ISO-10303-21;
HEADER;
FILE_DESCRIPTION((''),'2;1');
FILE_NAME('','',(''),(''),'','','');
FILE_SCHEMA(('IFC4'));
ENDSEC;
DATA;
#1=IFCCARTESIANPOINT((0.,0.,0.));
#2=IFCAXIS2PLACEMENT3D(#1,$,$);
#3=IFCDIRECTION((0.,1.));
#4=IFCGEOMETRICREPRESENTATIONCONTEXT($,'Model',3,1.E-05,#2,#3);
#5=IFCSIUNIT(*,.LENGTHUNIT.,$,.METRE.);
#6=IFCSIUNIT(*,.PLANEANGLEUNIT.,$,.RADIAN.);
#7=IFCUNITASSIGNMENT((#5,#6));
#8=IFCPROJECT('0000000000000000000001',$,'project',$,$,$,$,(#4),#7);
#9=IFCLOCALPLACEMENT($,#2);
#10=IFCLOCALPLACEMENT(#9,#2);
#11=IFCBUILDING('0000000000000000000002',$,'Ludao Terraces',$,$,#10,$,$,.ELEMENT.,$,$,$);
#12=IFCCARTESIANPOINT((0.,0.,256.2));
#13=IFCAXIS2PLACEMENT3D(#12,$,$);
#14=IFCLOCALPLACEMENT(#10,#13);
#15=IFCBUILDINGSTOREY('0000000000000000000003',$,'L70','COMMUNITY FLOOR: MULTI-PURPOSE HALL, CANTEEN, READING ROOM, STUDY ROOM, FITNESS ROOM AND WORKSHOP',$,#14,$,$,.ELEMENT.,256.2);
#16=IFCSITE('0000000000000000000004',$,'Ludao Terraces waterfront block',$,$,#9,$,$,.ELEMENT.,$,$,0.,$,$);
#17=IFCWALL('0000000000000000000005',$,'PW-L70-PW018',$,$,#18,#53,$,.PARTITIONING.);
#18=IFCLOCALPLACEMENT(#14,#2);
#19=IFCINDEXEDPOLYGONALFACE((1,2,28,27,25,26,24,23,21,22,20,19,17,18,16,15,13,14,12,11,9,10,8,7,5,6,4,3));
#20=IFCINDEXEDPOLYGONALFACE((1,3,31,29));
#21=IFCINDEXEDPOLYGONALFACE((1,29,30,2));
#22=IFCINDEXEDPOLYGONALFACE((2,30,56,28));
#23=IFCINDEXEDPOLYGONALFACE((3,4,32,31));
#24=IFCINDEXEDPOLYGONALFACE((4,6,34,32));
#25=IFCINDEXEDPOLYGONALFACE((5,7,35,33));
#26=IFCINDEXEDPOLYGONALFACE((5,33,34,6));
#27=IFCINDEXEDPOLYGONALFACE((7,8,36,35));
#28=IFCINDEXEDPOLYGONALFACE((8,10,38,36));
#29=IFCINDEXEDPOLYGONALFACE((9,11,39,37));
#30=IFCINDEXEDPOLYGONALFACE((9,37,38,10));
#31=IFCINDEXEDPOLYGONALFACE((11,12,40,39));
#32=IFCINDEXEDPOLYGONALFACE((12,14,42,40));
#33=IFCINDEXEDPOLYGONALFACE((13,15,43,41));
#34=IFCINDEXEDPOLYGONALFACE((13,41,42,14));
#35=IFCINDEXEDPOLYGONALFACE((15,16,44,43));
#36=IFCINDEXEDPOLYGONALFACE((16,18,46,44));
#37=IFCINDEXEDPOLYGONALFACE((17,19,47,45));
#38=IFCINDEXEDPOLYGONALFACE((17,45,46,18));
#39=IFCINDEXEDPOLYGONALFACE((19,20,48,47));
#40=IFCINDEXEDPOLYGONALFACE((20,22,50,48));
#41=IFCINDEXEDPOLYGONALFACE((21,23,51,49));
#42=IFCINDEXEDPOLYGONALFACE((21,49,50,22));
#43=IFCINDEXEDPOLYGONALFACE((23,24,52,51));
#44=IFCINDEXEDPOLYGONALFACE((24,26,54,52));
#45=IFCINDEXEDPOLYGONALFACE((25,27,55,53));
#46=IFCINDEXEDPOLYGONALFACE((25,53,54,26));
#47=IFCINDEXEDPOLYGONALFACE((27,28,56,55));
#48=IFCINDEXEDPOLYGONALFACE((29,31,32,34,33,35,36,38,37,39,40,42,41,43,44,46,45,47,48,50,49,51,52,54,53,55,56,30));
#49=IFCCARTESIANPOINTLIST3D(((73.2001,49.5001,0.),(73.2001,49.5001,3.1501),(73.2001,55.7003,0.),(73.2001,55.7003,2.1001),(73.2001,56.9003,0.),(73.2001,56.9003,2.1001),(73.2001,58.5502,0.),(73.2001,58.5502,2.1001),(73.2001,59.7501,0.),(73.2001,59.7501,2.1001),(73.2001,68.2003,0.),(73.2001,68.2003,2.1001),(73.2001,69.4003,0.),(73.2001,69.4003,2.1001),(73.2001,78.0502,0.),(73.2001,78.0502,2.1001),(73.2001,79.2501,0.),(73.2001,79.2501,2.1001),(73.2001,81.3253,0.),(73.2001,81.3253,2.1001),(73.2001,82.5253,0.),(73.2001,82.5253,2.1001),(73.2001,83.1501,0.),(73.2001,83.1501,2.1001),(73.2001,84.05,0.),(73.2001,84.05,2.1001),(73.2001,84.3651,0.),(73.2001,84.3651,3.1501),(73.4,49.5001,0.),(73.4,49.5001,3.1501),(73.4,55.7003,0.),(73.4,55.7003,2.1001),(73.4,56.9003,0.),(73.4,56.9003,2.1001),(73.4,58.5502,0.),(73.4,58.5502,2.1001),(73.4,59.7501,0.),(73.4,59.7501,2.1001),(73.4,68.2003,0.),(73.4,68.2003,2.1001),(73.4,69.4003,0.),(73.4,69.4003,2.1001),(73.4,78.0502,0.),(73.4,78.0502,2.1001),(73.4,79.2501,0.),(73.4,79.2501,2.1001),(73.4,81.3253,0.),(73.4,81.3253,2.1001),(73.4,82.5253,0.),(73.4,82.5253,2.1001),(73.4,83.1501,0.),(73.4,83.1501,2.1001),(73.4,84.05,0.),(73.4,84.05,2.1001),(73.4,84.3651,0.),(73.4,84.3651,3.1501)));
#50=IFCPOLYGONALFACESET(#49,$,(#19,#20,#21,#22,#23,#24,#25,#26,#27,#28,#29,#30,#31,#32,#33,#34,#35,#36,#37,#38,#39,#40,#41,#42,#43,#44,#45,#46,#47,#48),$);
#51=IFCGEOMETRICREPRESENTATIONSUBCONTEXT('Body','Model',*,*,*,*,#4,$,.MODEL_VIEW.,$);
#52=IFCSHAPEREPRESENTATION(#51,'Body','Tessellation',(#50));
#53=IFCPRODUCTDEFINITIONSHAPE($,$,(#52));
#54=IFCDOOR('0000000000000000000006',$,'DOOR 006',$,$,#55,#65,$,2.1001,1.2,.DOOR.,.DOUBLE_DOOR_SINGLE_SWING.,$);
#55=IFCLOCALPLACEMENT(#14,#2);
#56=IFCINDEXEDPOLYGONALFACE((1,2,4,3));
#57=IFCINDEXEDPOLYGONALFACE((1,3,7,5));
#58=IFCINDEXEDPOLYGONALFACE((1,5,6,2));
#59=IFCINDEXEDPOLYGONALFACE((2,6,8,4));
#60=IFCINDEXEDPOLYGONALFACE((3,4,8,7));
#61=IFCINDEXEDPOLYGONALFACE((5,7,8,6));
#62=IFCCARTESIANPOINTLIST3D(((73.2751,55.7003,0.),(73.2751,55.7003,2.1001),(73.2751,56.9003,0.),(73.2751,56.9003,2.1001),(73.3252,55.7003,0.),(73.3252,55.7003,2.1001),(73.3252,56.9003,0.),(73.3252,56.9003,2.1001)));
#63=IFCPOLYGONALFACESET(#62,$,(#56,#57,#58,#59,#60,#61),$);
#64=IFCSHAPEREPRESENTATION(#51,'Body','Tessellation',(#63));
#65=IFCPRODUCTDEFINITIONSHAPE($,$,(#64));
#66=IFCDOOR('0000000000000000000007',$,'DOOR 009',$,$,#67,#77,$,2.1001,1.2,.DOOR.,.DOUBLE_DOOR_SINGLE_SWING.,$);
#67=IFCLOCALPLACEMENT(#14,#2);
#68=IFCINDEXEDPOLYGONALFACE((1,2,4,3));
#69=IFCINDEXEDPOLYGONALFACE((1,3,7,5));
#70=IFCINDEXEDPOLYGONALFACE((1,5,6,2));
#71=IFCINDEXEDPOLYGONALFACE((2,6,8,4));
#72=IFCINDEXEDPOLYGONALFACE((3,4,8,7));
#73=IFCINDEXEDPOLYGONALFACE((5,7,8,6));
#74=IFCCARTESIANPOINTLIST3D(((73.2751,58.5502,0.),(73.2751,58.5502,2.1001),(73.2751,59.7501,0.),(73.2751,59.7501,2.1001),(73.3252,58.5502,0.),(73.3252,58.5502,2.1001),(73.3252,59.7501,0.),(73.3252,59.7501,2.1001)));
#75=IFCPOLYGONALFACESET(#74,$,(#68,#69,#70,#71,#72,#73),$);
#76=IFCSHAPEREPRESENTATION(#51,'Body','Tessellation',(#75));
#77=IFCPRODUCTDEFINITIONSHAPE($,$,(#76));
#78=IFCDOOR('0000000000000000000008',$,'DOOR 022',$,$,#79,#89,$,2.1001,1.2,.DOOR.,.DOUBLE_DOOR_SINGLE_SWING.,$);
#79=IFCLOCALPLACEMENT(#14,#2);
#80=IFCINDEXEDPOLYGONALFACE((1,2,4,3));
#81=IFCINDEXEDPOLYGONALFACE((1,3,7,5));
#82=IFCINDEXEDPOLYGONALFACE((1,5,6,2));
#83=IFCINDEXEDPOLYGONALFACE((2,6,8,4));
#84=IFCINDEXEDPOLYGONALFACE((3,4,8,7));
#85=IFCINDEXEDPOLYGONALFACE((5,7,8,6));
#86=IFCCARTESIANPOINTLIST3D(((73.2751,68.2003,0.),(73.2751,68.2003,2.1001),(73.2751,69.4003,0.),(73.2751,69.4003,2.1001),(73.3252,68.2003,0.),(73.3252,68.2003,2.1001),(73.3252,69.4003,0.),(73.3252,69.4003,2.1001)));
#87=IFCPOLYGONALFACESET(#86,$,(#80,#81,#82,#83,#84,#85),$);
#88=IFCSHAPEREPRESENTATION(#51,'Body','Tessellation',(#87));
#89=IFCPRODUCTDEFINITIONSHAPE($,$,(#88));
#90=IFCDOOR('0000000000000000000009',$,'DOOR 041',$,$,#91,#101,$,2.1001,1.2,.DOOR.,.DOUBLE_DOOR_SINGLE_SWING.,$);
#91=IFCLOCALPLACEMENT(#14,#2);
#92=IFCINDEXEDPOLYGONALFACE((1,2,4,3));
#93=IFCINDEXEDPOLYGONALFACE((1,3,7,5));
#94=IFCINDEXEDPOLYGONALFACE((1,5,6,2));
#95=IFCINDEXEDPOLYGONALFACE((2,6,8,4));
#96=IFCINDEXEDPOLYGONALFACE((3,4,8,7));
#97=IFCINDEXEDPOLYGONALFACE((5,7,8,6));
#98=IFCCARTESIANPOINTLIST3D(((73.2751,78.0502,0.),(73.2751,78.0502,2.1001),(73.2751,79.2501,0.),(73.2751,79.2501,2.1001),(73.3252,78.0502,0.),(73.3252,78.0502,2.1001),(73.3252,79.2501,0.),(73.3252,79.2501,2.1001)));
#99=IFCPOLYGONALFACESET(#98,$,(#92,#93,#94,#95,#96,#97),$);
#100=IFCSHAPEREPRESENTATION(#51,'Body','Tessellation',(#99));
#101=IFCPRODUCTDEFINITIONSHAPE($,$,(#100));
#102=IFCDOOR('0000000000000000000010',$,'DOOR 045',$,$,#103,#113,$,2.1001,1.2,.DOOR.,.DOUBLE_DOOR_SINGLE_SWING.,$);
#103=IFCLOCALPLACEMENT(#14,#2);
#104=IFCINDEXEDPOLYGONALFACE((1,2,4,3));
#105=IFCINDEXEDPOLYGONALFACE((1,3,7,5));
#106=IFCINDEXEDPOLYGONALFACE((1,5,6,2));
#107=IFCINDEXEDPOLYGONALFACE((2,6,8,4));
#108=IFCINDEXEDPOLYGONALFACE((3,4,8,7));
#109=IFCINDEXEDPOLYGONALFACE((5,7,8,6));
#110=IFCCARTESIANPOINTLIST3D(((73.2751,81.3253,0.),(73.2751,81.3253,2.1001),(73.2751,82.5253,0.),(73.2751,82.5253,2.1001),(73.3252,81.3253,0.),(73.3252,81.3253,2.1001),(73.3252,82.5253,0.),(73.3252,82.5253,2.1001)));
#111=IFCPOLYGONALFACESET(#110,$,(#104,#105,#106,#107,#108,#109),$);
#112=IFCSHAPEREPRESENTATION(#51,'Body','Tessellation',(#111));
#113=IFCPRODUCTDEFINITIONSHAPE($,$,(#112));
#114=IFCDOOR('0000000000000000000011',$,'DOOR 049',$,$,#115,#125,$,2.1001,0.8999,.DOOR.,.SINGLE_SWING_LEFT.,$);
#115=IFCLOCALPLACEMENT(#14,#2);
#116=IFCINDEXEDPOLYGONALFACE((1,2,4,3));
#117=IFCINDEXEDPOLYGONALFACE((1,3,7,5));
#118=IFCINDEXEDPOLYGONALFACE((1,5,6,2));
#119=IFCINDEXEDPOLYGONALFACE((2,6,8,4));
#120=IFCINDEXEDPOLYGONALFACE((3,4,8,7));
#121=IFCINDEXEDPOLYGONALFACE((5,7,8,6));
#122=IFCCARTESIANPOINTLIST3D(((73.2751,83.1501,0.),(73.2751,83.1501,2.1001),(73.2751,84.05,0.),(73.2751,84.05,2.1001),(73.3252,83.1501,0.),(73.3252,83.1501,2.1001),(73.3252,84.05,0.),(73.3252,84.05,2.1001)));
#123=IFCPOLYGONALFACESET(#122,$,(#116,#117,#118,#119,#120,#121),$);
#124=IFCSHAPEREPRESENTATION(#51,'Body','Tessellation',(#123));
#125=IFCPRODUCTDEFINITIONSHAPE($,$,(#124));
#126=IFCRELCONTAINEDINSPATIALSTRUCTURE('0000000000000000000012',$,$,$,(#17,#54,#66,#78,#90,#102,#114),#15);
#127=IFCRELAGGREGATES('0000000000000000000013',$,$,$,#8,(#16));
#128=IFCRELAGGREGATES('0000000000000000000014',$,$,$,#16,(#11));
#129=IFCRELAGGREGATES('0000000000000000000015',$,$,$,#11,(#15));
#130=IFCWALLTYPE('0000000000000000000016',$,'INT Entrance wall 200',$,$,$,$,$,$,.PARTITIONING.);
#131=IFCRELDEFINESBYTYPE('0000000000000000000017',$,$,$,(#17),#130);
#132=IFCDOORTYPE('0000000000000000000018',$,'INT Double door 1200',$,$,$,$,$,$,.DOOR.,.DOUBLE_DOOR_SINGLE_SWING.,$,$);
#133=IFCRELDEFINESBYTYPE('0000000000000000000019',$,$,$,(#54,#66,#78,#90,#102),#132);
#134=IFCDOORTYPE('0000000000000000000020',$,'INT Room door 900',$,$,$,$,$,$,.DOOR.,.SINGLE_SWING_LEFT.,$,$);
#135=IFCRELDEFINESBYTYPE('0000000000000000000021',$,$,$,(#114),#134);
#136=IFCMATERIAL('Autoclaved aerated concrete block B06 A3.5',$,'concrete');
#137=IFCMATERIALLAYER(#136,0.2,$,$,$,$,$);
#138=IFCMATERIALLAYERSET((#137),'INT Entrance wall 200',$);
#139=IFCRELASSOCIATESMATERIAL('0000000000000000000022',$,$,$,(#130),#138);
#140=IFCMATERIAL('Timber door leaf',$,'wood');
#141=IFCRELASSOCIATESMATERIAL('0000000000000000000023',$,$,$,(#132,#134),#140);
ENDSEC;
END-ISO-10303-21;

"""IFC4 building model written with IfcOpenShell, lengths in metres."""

from ifc_helpers import new_model, si_unit, direction, frame, frame_2d, origin, place, context, subcontext, project, spatial, rectangle, extrude, material, layer, layer_set, type_object, element, fill, save


model = new_model("IFC4")

# Units and contexts
model_context = context("Model", 3, precision=1e-05, world=origin(), true_north=direction((0.0, 1.0)))
body_context = subcontext(model_context, "Body", "Model", "MODEL_VIEW")
ifc_project = project(units=[si_unit("LENGTHUNIT", "METRE"), si_unit("PLANEANGLEUNIT", "RADIAN")], contexts=[model_context])

# Site, building, storey
site_placement = place(None, origin())
site = spatial("IfcSite", under=ifc_project, at=site_placement, Name="Ludao Terraces waterfront block", CompositionType="ELEMENT", RefElevation=0.0)
building_placement = place(site_placement, origin())
building = spatial("IfcBuilding", under=site, at=building_placement, Name="Ludao Terraces", CompositionType="ELEMENT")
storey_placement = place(building_placement, frame((0.0, 0.0, 256.2)))
storey = spatial("IfcBuildingStorey", under=building, at=storey_placement, Name="L70", Description="COMMUNITY FLOOR: MULTI-PURPOSE HALL, CANTEEN, READING ROOM, STUDY ROOM, FITNESS ROOM AND WORKSHOP", CompositionType="ELEMENT", Elevation=256.2)

# Wall, openings, doors
ifc_material_1 = material(Name="Autoclaved aerated concrete block B06 A3.5", Category="concrete")
ifc_layer_1 = layer(ifc_material_1, 0.2)
ifc_layer_set_1 = layer_set([ifc_layer_1], Name="INT Entrance wall 200")
wall_type_1 = type_object("IfcWallType", Name="INT Entrance wall 200", PredefinedType="PARTITIONING", material=ifc_layer_set_1)
ifc_material_2 = material(Name="Timber door leaf", Category="wood")
door_type_1 = type_object("IfcDoorType", Name="INT Double door 1200", OperationType="DOUBLE_DOOR_SINGLE_SWING", PredefinedType="DOOR", material=ifc_material_2)
wall_1_placement = place(storey_placement, frame((73.3, 49.5, 0.0), z_axis=(0.0, 0.0, 1.0), x_axis=(0.0, 1.0, 0.0)))
wall_1 = element("IfcWall", 1, at=wall_1_placement, inside=storey, type_object=wall_type_1, Name="PW-L70-PW018", PredefinedType="PARTITIONING", context=body_context, shape_type="SweptSolid", body=[
    extrude(rectangle(XDim=34.865, YDim=0.2, at=frame_2d((17.4326, 0.0))), origin(), (0.0, 0.0, 1.0), 3.1501),
])
opening_1_placement = place(wall_1_placement, frame((6.2002, 0.0, 0.0)))
opening_1 = element("IfcOpeningElement", 2, at=opening_1_placement, cuts=wall_1, PredefinedType="OPENING", context=body_context, shape_type="SweptSolid", body=[
    extrude(rectangle(XDim=1.2, YDim=2.1001, at=frame_2d((0.6001, 1.05))), frame((0.0, 0.1099, 0.0), z_axis=(0.0, -1.0, 0.0), x_axis=(1.0, 0.0, 0.0)), (0.0, 0.0, 1.0), 0.22),
])
opening_2_placement = place(wall_1_placement, frame((9.05, 0.0, 0.0)))
opening_2 = element("IfcOpeningElement", 3, at=opening_2_placement, cuts=wall_1, PredefinedType="OPENING", context=body_context, shape_type="SweptSolid", body=[
    extrude(rectangle(XDim=1.2, YDim=2.1001, at=frame_2d((0.6001, 1.05))), frame((0.0, 0.1099, 0.0), z_axis=(0.0, -1.0, 0.0), x_axis=(1.0, 0.0, 0.0)), (0.0, 0.0, 1.0), 0.22),
])
opening_3_placement = place(wall_1_placement, frame((18.7002, 0.0, 0.0)))
opening_3 = element("IfcOpeningElement", 4, at=opening_3_placement, cuts=wall_1, PredefinedType="OPENING", context=body_context, shape_type="SweptSolid", body=[
    extrude(rectangle(XDim=1.2, YDim=2.1001, at=frame_2d((0.6001, 1.05))), frame((0.0, 0.1099, 0.0), z_axis=(0.0, -1.0, 0.0), x_axis=(1.0, 0.0, 0.0)), (0.0, 0.0, 1.0), 0.22),
])
opening_4_placement = place(wall_1_placement, frame((28.55, 0.0, 0.0)))
opening_4 = element("IfcOpeningElement", 5, at=opening_4_placement, cuts=wall_1, PredefinedType="OPENING", context=body_context, shape_type="SweptSolid", body=[
    extrude(rectangle(XDim=1.2, YDim=2.1001, at=frame_2d((0.6001, 1.05))), frame((0.0, 0.1099, 0.0), z_axis=(0.0, -1.0, 0.0), x_axis=(1.0, 0.0, 0.0)), (0.0, 0.0, 1.0), 0.22),
])
opening_5_placement = place(wall_1_placement, frame((31.8252, 0.0, 0.0)))
opening_5 = element("IfcOpeningElement", 6, at=opening_5_placement, cuts=wall_1, PredefinedType="OPENING", context=body_context, shape_type="SweptSolid", body=[
    extrude(rectangle(XDim=1.2, YDim=2.1001, at=frame_2d((0.6001, 1.05))), frame((0.0, 0.1099, 0.0), z_axis=(0.0, -1.0, 0.0), x_axis=(1.0, 0.0, 0.0)), (0.0, 0.0, 1.0), 0.22),
])
opening_6_placement = place(wall_1_placement, frame((33.6501, 0.0, 0.0)))
opening_6 = element("IfcOpeningElement", 7, at=opening_6_placement, cuts=wall_1, PredefinedType="OPENING", context=body_context, shape_type="SweptSolid", body=[
    extrude(rectangle(XDim=0.8999, YDim=2.1001, at=frame_2d((0.45, 1.05))), frame((0.0, 0.1099, 0.0), z_axis=(0.0, -1.0, 0.0), x_axis=(1.0, 0.0, 0.0)), (0.0, 0.0, 1.0), 0.22),
])
door_1_placement = place(opening_1_placement, origin())
door_1 = element("IfcDoor", 8, at=door_1_placement, inside=storey, type_object=door_type_1, Name="DOOR 006", OperationType="DOUBLE_DOOR_SINGLE_SWING", OverallHeight=2.1001, OverallWidth=1.2, PredefinedType="DOOR", context=body_context, shape_type="SweptSolid", body=[
    extrude(rectangle(XDim=1.2, YDim=2.1001, at=frame_2d((0.6001, 1.05))), frame((0.0, 0.0249, 0.0), z_axis=(0.0, -1.0, 0.0), x_axis=(1.0, 0.0, 0.0)), (0.0, 0.0, 1.0), 0.05),
])
fill(opening_1, door_1)
door_2_placement = place(opening_2_placement, origin())
door_2 = element("IfcDoor", 9, at=door_2_placement, inside=storey, type_object=door_type_1, Name="DOOR 009", OperationType="DOUBLE_DOOR_SINGLE_SWING", OverallHeight=2.1001, OverallWidth=1.2, PredefinedType="DOOR", context=body_context, shape_type="SweptSolid", body=[
    extrude(rectangle(XDim=1.2, YDim=2.1001, at=frame_2d((0.6001, 1.05))), frame((0.0, 0.0249, 0.0), z_axis=(0.0, -1.0, 0.0), x_axis=(1.0, 0.0, 0.0)), (0.0, 0.0, 1.0), 0.05),
])
fill(opening_2, door_2)
door_3_placement = place(opening_3_placement, origin())
door_3 = element("IfcDoor", 10, at=door_3_placement, inside=storey, type_object=door_type_1, Name="DOOR 022", OperationType="DOUBLE_DOOR_SINGLE_SWING", OverallHeight=2.1001, OverallWidth=1.2, PredefinedType="DOOR", context=body_context, shape_type="SweptSolid", body=[
    extrude(rectangle(XDim=1.2, YDim=2.1001, at=frame_2d((0.6001, 1.05))), frame((0.0, 0.0249, 0.0), z_axis=(0.0, -1.0, 0.0), x_axis=(1.0, 0.0, 0.0)), (0.0, 0.0, 1.0), 0.05),
])
fill(opening_3, door_3)
door_4_placement = place(opening_4_placement, origin())
door_4 = element("IfcDoor", 11, at=door_4_placement, inside=storey, type_object=door_type_1, Name="DOOR 041", OperationType="DOUBLE_DOOR_SINGLE_SWING", OverallHeight=2.1001, OverallWidth=1.2, PredefinedType="DOOR", context=body_context, shape_type="SweptSolid", body=[
    extrude(rectangle(XDim=1.2, YDim=2.1001, at=frame_2d((0.6001, 1.05))), frame((0.0, 0.0249, 0.0), z_axis=(0.0, -1.0, 0.0), x_axis=(1.0, 0.0, 0.0)), (0.0, 0.0, 1.0), 0.05),
])
fill(opening_4, door_4)
door_5_placement = place(opening_5_placement, origin())
door_5 = element("IfcDoor", 12, at=door_5_placement, inside=storey, type_object=door_type_1, Name="DOOR 045", OperationType="DOUBLE_DOOR_SINGLE_SWING", OverallHeight=2.1001, OverallWidth=1.2, PredefinedType="DOOR", context=body_context, shape_type="SweptSolid", body=[
    extrude(rectangle(XDim=1.2, YDim=2.1001, at=frame_2d((0.6001, 1.05))), frame((0.0, 0.0249, 0.0), z_axis=(0.0, -1.0, 0.0), x_axis=(1.0, 0.0, 0.0)), (0.0, 0.0, 1.0), 0.05),
])
fill(opening_5, door_5)
door_type_2 = type_object("IfcDoorType", Name="INT Room door 900", OperationType="SINGLE_SWING_LEFT", PredefinedType="DOOR", material=ifc_material_2)
door_6_placement = place(opening_6_placement, origin())
door_6 = element("IfcDoor", 13, at=door_6_placement, inside=storey, type_object=door_type_2, Name="DOOR 049", OperationType="SINGLE_SWING_LEFT", OverallHeight=2.1001, OverallWidth=0.8999, PredefinedType="DOOR", context=body_context, shape_type="SweptSolid", body=[
    extrude(rectangle(XDim=0.8999, YDim=2.1001, at=frame_2d((0.45, 1.05))), frame((0.0, 0.0249, 0.0), z_axis=(0.0, -1.0, 0.0), x_axis=(1.0, 0.0, 0.0)), (0.0, 0.0, 1.0), 0.05),
])
fill(opening_6, door_6)

save(model, "model.ifc")
